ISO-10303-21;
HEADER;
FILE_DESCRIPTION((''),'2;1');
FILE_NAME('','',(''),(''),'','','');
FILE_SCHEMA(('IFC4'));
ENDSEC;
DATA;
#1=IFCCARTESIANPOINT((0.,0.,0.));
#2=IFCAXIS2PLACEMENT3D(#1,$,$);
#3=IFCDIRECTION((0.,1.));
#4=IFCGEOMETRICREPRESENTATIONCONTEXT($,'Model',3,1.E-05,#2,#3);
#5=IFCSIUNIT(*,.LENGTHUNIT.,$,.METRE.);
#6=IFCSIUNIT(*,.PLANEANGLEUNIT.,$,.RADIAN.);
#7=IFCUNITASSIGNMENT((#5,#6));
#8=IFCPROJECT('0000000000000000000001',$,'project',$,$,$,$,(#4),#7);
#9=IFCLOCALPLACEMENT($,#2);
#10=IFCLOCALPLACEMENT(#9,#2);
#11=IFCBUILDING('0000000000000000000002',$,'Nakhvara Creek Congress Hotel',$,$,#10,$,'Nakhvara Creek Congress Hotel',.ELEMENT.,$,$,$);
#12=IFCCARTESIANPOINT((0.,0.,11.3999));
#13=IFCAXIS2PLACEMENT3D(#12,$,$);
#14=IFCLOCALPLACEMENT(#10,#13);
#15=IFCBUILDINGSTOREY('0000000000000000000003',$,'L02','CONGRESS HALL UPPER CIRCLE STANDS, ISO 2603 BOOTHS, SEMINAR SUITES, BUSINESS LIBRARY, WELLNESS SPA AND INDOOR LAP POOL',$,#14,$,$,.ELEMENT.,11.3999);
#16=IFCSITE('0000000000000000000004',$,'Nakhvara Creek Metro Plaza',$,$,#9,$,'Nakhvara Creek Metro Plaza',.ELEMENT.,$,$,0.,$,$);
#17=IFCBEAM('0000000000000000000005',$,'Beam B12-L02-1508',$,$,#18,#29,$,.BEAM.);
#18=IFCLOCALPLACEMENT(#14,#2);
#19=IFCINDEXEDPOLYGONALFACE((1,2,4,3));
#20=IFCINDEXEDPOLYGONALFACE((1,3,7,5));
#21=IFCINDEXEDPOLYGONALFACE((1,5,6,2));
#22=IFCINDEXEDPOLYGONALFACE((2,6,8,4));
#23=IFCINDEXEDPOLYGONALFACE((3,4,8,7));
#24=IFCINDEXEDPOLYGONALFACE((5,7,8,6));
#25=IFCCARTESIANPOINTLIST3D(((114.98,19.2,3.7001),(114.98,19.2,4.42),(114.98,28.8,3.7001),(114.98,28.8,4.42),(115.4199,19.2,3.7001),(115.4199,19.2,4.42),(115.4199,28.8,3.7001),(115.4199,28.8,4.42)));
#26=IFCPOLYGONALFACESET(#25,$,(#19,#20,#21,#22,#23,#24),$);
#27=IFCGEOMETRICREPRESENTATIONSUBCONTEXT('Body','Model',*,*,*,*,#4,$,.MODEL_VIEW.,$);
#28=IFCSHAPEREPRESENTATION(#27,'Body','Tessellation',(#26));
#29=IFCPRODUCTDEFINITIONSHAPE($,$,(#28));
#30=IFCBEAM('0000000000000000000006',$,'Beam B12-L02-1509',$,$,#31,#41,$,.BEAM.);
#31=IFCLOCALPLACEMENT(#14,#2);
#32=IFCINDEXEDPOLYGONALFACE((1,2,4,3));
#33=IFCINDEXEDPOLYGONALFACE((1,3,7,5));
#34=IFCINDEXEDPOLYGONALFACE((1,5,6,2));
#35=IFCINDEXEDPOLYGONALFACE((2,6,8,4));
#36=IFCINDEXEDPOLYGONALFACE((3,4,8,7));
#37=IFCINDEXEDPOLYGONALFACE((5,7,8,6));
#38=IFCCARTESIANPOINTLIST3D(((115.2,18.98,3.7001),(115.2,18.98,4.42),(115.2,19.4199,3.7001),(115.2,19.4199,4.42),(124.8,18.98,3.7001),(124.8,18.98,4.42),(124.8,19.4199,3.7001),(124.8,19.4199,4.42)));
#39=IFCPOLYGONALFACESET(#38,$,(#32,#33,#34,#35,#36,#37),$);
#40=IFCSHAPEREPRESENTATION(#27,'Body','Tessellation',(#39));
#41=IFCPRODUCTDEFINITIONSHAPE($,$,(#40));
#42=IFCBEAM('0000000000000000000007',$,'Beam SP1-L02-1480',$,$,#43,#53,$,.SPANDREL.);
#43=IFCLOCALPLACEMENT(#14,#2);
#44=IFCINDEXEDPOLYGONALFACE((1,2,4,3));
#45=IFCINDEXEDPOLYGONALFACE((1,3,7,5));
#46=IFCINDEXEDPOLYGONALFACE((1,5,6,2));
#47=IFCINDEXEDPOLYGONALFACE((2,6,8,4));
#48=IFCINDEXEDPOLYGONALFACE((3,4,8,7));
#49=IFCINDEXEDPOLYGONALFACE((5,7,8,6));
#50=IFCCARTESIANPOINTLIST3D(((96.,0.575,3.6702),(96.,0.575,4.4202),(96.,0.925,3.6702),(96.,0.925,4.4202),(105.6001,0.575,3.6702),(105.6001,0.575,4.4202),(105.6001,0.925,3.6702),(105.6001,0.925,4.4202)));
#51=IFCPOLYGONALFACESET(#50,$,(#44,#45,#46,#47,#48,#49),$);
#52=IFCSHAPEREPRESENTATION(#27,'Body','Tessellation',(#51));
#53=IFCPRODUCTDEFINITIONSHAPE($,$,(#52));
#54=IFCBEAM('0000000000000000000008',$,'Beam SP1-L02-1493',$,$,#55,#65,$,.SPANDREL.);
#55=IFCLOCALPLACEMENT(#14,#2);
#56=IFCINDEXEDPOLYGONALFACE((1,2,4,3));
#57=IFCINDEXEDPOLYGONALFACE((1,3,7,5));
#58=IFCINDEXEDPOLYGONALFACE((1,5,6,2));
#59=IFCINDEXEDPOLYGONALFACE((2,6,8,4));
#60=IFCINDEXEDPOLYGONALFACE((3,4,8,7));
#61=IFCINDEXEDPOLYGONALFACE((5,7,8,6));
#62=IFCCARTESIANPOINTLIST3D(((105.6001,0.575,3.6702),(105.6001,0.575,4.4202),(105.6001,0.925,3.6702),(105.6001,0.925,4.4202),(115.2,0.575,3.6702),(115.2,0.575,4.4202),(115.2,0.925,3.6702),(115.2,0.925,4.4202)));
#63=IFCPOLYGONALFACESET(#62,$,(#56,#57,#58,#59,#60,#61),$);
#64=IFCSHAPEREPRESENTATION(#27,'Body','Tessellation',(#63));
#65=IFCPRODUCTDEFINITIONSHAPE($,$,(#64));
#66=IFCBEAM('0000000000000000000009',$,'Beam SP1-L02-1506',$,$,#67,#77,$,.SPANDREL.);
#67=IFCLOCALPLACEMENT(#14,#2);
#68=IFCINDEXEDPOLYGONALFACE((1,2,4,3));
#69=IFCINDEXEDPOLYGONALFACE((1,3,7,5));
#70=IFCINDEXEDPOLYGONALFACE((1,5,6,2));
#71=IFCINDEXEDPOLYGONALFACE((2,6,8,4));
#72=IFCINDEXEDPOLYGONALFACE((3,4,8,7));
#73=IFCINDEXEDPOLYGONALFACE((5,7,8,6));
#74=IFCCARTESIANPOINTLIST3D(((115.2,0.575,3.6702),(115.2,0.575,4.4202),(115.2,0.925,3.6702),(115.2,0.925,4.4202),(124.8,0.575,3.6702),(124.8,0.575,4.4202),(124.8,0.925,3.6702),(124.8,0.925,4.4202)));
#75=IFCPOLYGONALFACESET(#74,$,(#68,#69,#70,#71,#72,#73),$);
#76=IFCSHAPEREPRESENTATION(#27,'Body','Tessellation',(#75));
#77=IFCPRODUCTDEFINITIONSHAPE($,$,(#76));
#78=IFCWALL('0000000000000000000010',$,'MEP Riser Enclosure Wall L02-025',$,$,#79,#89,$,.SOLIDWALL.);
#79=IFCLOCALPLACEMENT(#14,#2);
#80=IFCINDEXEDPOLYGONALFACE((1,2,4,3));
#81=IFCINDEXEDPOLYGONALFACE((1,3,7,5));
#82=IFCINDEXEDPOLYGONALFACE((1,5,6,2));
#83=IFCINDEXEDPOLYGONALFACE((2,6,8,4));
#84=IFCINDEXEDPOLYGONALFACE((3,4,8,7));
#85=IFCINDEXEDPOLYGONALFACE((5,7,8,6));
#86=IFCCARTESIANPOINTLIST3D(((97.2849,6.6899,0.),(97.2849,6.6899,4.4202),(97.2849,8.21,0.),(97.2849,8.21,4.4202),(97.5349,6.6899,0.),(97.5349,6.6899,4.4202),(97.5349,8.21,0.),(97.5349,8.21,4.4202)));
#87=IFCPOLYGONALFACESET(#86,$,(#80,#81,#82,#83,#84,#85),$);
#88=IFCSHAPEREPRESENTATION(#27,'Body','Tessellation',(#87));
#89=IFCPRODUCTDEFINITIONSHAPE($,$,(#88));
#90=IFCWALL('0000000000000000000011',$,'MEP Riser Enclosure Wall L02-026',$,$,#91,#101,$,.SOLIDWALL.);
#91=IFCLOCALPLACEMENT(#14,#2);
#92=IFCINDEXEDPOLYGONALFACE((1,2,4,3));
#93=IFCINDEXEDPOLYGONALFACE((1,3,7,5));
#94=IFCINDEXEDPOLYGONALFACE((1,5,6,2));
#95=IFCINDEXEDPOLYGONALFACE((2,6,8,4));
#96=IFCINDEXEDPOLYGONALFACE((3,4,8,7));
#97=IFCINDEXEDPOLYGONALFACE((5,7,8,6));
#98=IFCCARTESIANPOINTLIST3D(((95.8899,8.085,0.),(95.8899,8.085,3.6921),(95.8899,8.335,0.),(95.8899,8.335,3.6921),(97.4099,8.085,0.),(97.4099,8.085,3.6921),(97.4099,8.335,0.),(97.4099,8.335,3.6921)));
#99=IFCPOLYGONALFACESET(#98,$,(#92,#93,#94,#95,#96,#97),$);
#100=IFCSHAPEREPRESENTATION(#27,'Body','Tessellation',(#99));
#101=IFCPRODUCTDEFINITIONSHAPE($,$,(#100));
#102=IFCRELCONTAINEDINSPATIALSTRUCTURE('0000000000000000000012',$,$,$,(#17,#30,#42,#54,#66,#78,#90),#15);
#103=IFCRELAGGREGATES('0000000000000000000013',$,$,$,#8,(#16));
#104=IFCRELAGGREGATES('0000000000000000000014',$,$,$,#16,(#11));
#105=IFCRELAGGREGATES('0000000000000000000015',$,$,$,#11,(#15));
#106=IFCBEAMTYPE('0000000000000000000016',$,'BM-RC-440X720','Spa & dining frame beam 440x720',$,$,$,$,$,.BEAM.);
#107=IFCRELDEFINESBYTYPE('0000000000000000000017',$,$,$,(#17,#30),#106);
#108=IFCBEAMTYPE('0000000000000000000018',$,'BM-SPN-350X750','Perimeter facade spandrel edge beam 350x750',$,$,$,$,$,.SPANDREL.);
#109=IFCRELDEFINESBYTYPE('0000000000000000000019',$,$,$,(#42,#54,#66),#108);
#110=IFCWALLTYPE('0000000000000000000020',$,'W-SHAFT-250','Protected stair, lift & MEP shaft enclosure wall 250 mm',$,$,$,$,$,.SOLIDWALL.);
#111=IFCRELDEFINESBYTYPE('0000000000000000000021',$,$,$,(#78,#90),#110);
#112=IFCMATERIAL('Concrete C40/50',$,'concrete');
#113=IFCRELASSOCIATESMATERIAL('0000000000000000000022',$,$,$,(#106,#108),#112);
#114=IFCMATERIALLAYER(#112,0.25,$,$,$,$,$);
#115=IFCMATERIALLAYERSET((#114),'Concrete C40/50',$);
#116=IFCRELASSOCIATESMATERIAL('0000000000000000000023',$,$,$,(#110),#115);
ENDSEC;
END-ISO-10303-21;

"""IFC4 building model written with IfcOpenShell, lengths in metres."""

from ifc_helpers import new_model, si_unit, direction, frame, frame_2d, origin, origin_2d, place, context, subcontext, project, spatial, rectangle, extrude, material, layer, layer_set, material_profile, profile_set, type_object, element, save


model = new_model("IFC4")

# Units and contexts
model_context = context("Model", 3, precision=1e-05, world=origin(), true_north=direction((0.0, 1.0)))
body_context = subcontext(model_context, "Body", "Model", "MODEL_VIEW")
ifc_project = project(units=[si_unit("LENGTHUNIT", "METRE"), si_unit("PLANEANGLEUNIT", "RADIAN")], contexts=[model_context])

# Site, building, storey
site_placement = place(None, origin())
site = spatial("IfcSite", under=ifc_project, at=site_placement, Name="Nakhvara Creek Metro Plaza", LongName="Nakhvara Creek Metro Plaza", CompositionType="ELEMENT", RefElevation=0.0)
building_placement = place(site_placement, origin())
building = spatial("IfcBuilding", under=site, at=building_placement, Name="Nakhvara Creek Congress Hotel", LongName="Nakhvara Creek Congress Hotel", CompositionType="ELEMENT")
storey_placement = place(building_placement, frame((0.0, 0.0, 11.3999)))
storey = spatial("IfcBuildingStorey", under=building, at=storey_placement, Name="L02", Description="CONGRESS HALL UPPER CIRCLE STANDS, ISO 2603 BOOTHS, SEMINAR SUITES, BUSINESS LIBRARY, WELLNESS SPA AND INDOOR LAP POOL", CompositionType="ELEMENT", Elevation=11.3999)

# Beams
ifc_material_1 = material(Name="Concrete C40/50", Category="concrete")
ifc_material_profile_1 = material_profile(ifc_material_1, rectangle(XDim=0.4399, YDim=0.72, at=origin_2d()), Name="RC-BM 440x720", Category="LoadBearing")
ifc_profile_set_1 = profile_set([ifc_material_profile_1], Name="Concrete C40/50")
beam_type_1 = type_object("IfcBeamType", Name="BM-RC-440X720", Description="Spa & dining frame beam 440x720", PredefinedType="BEAM", material=ifc_profile_set_1)
for number, where, z_axis, x_axis, name in (
    (1, (115.2, 19.2, 4.0601), (0.0, 1.0, 0.0), (-1.0, 0.0, 0.0), "Beam B12-L02-1508"),
    (2, (115.2, 19.2, 4.0601), (1.0, 0.0, 0.0), (0.0, 1.0, 0.0), "Beam B12-L02-1509"),
):
    element("IfcBeam", number, at=place(storey_placement, frame(where, z_axis=z_axis, x_axis=x_axis)), inside=storey, type_object=beam_type_1, Name=name, PredefinedType="BEAM", context=body_context, shape_type="SweptSolid", body=[
        extrude(rectangle(XDim=0.4399, YDim=0.72, at=origin_2d()), origin(), (0.0, 0.0, 1.0), 9.6001),
    ])
ifc_material_profile_2 = material_profile(ifc_material_1, rectangle(XDim=0.3501, YDim=0.75, at=origin_2d()), Name="RC-SPANDREL 350x750", Category="LoadBearing")
ifc_profile_set_2 = profile_set([ifc_material_profile_2], Name="Concrete C40/50")
beam_type_2 = type_object("IfcBeamType", Name="BM-SPN-350X750", Description="Perimeter facade spandrel edge beam 350x750", PredefinedType="SPANDREL", material=ifc_profile_set_2)
beam_1_placement = place(storey_placement, frame((96.0, 0.75, 4.0452), z_axis=(1.0, 0.0, 0.0), x_axis=(0.0, 1.0, 0.0)))
element("IfcBeam", 3, at=beam_1_placement, inside=storey, type_object=beam_type_2, Name="Beam SP1-L02-1480", PredefinedType="SPANDREL", context=body_context, shape_type="SweptSolid", body=[
    extrude(rectangle(XDim=0.3501, YDim=0.75, at=origin_2d()), origin(), (0.0, 0.0, 1.0), 9.6001),
])
beam_2_placement = place(storey_placement, frame((105.6001, 0.75, 4.0452), z_axis=(1.0, 0.0, 0.0), x_axis=(0.0, 1.0, 0.0)))
element("IfcBeam", 4, at=beam_2_placement, inside=storey, type_object=beam_type_2, Name="Beam SP1-L02-1493", PredefinedType="SPANDREL", context=body_context, shape_type="SweptSolid", body=[
    extrude(rectangle(XDim=0.3501, YDim=0.75, at=origin_2d()), origin(), (0.0, 0.0, 1.0), 9.5999),
])
beam_3_placement = place(storey_placement, frame((115.2, 0.75, 4.0452), z_axis=(1.0, 0.0, 0.0), x_axis=(0.0, 1.0, 0.0)))
element("IfcBeam", 5, at=beam_3_placement, inside=storey, type_object=beam_type_2, Name="Beam SP1-L02-1506", PredefinedType="SPANDREL", context=body_context, shape_type="SweptSolid", body=[
    extrude(rectangle(XDim=0.3501, YDim=0.75, at=origin_2d()), origin(), (0.0, 0.0, 1.0), 9.6001),
])

# Walls
ifc_layer = layer(ifc_material_1, 0.25)
ifc_layer_set = layer_set([ifc_layer], Name="Concrete C40/50")
wall_type = type_object("IfcWallType", Name="W-SHAFT-250", Description="Protected stair, lift & MEP shaft enclosure wall 250 mm", PredefinedType="SOLIDWALL", material=ifc_layer_set)
wall_1_placement = place(storey_placement, frame((97.4099, 6.6899, 0.0), z_axis=(0.0, 0.0, 1.0), x_axis=(0.0, 1.0, 0.0)))
element("IfcWall", 6, at=wall_1_placement, inside=storey, type_object=wall_type, Name="MEP Riser Enclosure Wall L02-025", PredefinedType="SOLIDWALL", context=body_context, shape_type="SweptSolid", body=[
    extrude(rectangle(XDim=1.52, YDim=0.25, at=frame_2d((0.76, 0.0))), origin(), (0.0, 0.0, 1.0), 4.4202),
])
wall_2_placement = place(storey_placement, frame((97.4099, 8.21, 0.0), z_axis=(0.0, 0.0, 1.0), x_axis=(-1.0, 0.0, 0.0)))
element("IfcWall", 7, at=wall_2_placement, inside=storey, type_object=wall_type, Name="MEP Riser Enclosure Wall L02-026", PredefinedType="SOLIDWALL", context=body_context, shape_type="SweptSolid", body=[
    extrude(rectangle(XDim=1.52, YDim=0.25, at=frame_2d((0.76, 0.0))), origin(), (0.0, 0.0, 1.0), 3.6921),
])

save(model, "model.ifc")
